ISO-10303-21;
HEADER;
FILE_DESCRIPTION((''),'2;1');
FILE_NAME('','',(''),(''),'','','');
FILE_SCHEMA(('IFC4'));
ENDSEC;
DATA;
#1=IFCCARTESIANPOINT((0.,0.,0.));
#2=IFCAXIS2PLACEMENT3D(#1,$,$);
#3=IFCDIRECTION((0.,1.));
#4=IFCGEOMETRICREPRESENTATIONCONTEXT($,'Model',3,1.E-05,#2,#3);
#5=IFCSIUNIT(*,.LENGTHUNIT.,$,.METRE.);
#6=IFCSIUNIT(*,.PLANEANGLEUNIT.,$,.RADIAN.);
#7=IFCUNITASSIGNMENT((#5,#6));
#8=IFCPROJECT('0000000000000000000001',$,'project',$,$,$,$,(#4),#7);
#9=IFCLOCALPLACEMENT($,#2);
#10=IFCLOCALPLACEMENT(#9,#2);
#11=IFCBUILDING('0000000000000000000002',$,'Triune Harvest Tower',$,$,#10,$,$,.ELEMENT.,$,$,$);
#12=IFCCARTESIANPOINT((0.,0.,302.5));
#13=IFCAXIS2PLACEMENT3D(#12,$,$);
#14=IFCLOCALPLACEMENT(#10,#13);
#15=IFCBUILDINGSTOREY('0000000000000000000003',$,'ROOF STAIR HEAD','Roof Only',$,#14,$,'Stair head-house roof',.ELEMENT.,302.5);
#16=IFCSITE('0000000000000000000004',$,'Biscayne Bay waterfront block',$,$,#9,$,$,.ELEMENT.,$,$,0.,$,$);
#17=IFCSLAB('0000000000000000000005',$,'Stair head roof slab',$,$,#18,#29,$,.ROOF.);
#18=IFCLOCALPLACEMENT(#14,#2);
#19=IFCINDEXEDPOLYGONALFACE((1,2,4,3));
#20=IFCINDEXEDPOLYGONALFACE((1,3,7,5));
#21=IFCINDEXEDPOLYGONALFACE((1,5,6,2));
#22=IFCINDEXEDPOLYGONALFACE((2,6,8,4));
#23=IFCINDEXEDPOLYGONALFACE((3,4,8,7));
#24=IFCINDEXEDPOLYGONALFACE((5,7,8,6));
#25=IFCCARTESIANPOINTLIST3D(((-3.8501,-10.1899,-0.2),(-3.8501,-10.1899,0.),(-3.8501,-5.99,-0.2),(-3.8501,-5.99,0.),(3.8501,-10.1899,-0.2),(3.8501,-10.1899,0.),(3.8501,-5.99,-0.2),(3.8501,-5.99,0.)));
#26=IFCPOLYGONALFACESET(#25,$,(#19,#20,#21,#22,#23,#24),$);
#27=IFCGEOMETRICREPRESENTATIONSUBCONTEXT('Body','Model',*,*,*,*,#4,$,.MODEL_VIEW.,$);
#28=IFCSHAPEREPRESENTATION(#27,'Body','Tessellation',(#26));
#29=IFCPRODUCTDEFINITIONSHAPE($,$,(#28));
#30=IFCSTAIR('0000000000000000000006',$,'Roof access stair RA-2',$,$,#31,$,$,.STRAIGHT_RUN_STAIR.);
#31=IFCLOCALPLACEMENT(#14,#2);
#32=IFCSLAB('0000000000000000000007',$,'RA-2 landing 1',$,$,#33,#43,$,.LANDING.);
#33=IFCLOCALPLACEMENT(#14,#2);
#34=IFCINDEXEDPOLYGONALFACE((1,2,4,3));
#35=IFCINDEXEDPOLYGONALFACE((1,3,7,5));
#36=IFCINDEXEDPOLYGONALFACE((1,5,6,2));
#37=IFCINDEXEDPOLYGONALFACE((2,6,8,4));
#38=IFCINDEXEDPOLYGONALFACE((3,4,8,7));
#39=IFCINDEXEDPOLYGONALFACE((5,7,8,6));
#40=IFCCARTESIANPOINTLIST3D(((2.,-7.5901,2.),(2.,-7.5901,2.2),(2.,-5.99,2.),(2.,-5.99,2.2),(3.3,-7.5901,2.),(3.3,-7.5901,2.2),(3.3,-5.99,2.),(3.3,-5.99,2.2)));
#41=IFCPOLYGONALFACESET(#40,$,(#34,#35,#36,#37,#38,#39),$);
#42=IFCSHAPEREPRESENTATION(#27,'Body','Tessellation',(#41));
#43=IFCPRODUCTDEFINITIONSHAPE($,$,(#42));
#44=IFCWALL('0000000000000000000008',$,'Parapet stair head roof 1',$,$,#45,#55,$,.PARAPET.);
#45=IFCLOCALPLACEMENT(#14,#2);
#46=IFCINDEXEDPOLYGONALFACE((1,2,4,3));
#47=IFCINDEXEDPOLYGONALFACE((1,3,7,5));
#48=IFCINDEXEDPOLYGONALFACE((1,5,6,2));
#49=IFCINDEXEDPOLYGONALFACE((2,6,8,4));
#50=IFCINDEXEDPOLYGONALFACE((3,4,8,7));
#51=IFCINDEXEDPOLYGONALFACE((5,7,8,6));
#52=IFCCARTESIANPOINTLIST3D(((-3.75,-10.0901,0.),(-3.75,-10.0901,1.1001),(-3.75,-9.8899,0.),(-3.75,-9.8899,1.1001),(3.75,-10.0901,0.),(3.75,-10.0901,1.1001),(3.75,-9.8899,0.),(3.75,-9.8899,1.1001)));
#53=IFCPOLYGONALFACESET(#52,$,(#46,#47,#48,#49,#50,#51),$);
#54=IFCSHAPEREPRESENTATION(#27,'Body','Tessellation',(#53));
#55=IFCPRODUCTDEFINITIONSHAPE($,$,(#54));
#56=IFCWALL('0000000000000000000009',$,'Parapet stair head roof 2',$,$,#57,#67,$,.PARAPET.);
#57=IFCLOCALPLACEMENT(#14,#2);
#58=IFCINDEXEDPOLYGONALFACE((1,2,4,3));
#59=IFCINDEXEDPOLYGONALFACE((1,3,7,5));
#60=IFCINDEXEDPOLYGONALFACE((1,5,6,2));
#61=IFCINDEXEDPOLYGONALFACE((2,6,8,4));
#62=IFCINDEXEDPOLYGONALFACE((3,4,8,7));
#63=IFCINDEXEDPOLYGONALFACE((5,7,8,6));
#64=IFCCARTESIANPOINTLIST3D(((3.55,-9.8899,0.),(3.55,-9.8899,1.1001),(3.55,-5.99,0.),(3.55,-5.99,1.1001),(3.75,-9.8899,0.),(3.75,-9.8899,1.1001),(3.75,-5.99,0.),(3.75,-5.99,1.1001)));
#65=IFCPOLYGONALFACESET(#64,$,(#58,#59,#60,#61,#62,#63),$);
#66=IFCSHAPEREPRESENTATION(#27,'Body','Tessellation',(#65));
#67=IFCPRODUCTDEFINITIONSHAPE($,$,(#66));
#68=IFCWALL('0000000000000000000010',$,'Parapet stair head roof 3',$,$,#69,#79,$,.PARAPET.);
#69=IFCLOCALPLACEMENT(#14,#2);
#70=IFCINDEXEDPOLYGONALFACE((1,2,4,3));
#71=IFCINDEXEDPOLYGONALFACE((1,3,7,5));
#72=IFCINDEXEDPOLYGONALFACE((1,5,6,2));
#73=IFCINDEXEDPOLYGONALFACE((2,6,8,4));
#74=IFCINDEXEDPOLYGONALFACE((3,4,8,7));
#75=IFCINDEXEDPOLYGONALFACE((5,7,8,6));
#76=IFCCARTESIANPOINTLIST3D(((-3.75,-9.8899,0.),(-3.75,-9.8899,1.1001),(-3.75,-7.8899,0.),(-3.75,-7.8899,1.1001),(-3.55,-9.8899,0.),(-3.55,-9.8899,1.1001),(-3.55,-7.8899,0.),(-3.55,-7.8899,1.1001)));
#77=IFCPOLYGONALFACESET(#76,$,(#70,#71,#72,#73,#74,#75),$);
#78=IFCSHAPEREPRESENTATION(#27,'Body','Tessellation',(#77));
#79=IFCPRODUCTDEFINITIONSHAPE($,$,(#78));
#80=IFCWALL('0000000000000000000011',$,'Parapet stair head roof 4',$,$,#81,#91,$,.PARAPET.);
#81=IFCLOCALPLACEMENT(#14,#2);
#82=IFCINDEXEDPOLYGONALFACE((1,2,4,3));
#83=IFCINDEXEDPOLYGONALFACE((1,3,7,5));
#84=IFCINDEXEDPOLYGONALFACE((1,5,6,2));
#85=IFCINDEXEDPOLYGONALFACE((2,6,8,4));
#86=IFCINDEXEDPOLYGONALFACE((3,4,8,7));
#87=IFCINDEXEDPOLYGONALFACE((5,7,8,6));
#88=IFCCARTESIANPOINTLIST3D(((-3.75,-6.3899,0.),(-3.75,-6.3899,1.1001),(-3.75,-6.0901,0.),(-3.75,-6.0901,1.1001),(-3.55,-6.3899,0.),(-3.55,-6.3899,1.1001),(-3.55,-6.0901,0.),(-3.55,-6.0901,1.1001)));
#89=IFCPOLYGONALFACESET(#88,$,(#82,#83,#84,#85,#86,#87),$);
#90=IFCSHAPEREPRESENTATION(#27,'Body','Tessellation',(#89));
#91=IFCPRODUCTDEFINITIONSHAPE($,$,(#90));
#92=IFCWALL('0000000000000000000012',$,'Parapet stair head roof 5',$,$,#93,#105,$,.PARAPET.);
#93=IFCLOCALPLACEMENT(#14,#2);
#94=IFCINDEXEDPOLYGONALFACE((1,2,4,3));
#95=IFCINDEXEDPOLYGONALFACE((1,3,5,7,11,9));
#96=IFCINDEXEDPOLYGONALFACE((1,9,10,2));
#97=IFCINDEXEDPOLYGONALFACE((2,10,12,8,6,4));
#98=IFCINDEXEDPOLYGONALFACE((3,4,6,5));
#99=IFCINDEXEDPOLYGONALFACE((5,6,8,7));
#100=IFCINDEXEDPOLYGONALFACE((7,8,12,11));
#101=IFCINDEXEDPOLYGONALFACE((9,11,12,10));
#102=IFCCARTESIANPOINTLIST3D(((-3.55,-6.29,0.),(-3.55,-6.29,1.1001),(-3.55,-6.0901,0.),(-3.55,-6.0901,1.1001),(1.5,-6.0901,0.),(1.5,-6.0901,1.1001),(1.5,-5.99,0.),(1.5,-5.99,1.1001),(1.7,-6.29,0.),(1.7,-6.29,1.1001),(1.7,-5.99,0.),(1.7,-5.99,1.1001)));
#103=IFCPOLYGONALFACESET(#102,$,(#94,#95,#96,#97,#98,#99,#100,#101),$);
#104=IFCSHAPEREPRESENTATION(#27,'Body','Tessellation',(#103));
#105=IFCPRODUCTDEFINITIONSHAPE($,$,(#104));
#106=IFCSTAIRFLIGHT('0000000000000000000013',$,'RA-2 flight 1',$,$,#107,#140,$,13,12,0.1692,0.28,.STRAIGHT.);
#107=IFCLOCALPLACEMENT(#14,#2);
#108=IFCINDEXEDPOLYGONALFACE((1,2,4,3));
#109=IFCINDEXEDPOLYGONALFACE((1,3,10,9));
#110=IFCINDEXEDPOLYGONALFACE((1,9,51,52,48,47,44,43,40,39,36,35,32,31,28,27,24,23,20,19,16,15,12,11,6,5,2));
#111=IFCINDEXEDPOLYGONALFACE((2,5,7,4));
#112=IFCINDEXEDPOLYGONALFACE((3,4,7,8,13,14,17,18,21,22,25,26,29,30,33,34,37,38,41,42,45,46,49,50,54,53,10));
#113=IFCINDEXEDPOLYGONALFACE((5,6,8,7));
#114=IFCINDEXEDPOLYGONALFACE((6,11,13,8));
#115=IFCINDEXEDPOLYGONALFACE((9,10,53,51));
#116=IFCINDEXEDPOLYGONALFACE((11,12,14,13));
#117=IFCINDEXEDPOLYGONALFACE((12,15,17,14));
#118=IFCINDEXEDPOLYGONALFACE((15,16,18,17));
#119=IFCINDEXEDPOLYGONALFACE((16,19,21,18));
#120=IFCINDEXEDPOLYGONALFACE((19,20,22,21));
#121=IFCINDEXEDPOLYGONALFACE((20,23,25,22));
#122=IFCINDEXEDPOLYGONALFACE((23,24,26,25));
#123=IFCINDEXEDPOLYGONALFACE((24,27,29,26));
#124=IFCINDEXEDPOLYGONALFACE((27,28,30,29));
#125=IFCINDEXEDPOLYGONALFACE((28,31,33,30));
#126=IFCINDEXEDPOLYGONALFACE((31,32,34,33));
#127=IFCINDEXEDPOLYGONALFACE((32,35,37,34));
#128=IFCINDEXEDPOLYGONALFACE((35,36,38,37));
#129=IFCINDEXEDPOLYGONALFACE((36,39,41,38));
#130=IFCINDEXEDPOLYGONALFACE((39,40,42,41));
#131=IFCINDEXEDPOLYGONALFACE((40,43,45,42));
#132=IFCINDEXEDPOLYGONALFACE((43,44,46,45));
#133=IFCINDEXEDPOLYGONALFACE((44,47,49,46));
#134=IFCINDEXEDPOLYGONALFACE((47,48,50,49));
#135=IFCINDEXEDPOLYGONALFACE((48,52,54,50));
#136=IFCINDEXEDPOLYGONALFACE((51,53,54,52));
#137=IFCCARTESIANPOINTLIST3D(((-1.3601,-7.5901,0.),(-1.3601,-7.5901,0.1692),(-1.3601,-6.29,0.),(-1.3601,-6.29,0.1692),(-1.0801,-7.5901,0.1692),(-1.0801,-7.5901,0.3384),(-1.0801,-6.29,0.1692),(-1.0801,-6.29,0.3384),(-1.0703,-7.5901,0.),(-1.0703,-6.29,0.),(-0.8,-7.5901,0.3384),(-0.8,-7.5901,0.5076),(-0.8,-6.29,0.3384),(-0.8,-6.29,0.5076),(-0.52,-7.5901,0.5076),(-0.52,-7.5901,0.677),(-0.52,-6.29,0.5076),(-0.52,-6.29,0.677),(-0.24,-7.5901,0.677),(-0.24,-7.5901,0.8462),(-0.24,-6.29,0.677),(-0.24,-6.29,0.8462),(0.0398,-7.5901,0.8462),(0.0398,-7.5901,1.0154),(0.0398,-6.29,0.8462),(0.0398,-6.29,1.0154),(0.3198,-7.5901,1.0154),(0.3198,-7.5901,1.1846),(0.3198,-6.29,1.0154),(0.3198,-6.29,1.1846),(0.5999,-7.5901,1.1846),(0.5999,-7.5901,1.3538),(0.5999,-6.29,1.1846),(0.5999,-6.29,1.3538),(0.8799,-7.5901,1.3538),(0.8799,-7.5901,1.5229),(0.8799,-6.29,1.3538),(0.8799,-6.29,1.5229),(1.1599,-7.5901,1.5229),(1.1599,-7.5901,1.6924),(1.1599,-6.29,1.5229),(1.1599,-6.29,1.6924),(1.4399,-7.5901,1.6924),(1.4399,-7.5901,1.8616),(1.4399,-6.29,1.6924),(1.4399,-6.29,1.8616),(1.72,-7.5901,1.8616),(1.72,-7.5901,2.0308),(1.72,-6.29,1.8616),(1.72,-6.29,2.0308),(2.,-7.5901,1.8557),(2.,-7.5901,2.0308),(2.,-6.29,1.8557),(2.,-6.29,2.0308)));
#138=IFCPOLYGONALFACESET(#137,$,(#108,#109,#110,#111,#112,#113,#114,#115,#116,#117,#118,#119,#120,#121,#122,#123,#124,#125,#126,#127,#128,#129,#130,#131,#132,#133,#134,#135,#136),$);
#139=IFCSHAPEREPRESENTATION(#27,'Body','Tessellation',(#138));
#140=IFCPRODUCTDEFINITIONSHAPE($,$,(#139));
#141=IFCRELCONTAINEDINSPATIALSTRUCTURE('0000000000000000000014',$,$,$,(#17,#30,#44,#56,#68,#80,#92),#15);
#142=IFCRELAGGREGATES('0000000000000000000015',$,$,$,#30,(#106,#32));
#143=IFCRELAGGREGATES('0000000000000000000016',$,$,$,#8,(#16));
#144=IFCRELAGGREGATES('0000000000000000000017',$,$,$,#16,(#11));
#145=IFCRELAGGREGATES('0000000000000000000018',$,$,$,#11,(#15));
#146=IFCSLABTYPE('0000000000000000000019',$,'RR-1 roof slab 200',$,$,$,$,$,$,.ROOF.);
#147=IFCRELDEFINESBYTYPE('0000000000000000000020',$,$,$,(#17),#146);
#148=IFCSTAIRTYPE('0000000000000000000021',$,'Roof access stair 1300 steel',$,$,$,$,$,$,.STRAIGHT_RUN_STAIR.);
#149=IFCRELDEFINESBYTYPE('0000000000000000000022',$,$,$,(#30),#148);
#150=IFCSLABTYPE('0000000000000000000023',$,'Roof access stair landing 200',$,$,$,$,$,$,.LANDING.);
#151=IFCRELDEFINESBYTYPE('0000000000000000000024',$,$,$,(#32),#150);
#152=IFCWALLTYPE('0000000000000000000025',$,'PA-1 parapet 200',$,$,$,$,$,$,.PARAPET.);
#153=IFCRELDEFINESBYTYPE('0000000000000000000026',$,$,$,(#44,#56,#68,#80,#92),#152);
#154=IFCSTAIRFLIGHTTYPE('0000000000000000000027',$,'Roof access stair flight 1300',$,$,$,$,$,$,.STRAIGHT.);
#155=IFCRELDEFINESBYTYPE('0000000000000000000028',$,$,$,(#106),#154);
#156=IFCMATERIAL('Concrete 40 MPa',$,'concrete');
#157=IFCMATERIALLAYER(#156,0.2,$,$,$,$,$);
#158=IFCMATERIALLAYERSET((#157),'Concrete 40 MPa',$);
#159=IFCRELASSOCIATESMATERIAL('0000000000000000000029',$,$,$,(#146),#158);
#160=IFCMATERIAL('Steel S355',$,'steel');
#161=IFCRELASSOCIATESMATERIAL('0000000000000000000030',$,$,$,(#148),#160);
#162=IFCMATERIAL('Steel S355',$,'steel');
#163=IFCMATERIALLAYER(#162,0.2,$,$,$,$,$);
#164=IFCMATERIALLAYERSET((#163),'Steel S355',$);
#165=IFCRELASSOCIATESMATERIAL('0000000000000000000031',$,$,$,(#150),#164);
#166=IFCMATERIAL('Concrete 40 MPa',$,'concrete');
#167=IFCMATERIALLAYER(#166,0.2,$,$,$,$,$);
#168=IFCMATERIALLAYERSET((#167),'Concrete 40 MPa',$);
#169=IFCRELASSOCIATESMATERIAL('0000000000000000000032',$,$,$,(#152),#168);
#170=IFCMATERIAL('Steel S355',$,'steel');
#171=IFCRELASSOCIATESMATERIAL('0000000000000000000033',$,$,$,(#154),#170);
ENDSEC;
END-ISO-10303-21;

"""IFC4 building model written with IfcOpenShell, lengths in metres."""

from ifc_helpers import new_model, si_unit, direction, frame, origin, place, context, subcontext, project, spatial, polyline, outline, extrude, material, layer, layer_set, type_object, element, aggregate, save


model = new_model("IFC4")

# Units and contexts
model_context = context("Model", 3, precision=1e-05, world=origin(), true_north=direction((0.0, 1.0)))
body_context = subcontext(model_context, "Body", "Model", "MODEL_VIEW")
ifc_project = project(units=[si_unit("LENGTHUNIT", "METRE"), si_unit("PLANEANGLEUNIT", "RADIAN")], contexts=[model_context])

# Site, building, storey
site_placement = place(None, origin())
site = spatial("IfcSite", under=ifc_project, at=site_placement, Name="Biscayne Bay waterfront block", CompositionType="ELEMENT", RefElevation=0.0)
building_placement = place(site_placement, origin())
building = spatial("IfcBuilding", under=site, at=building_placement, Name="Triune Harvest Tower", CompositionType="ELEMENT")
storey_placement = place(building_placement, frame((0.0, 0.0, 302.5)))
storey = spatial("IfcBuildingStorey", under=building, at=storey_placement, Name="ROOF STAIR HEAD", Description="Roof Only", LongName="Stair head-house roof", CompositionType="ELEMENT", Elevation=302.5)

# Slab
ifc_material_1 = material(Name="Concrete 40 MPa", Category="concrete")
ifc_layer_1 = layer(ifc_material_1, 0.2)
ifc_layer_set_1 = layer_set([ifc_layer_1], Name="Concrete 40 MPa")
slab_type_1 = type_object("IfcSlabType", Name="RR-1 roof slab 200", PredefinedType="ROOF", material=ifc_layer_set_1)
slab_1_placement = place(storey_placement, frame((0.0, 0.0, -0.2)))
element("IfcSlab", 1, at=slab_1_placement, inside=storey, type_object=slab_type_1, Name="Stair head roof slab", PredefinedType="ROOF", context=body_context, shape_type="SweptSolid", body=[
    extrude(outline(polyline([(-3.8501, -10.1899), (3.8501, -10.1899), (3.8501, -5.99), (-3.8501, -5.99), (-3.8501, -10.1899)])), origin(), (0.0, 0.0, 1.0), 0.2),
])

# Stair, slab
ifc_material_2 = material(Name="Steel S355", Category="steel")
stair_type = type_object("IfcStairType", Name="Roof access stair 1300 steel", PredefinedType="STRAIGHT_RUN_STAIR", material=ifc_material_2)
stair_placement = place(storey_placement, origin())
stair = element("IfcStair", 2, at=stair_placement, inside=storey, type_object=stair_type, Name="Roof access stair RA-2", PredefinedType="STRAIGHT_RUN_STAIR")
ifc_material_3 = material(Name="Steel S355", Category="steel")
ifc_layer_2 = layer(ifc_material_3, 0.2)
ifc_layer_set_2 = layer_set([ifc_layer_2], Name="Steel S355")
slab_type_2 = type_object("IfcSlabType", Name="Roof access stair landing 200", PredefinedType="LANDING", material=ifc_layer_set_2)
slab_2_placement = place(storey_placement, frame((0.0, 0.0, 2.0)))
slab_2 = element("IfcSlab", 3, at=slab_2_placement, type_object=slab_type_2, Name="RA-2 landing 1", PredefinedType="LANDING", context=body_context, shape_type="SweptSolid", body=[
    extrude(outline(polyline([(2.0, -7.5901), (3.3, -7.5901), (3.3, -5.99), (2.0, -5.99), (2.0, -7.5901)])), origin(), (0.0, 0.0, 1.0), 0.2),
])

# Walls
ifc_material_4 = material(Name="Concrete 40 MPa", Category="concrete")
ifc_layer_3 = layer(ifc_material_4, 0.2)
ifc_layer_set_3 = layer_set([ifc_layer_3], Name="Concrete 40 MPa")
wall_type = type_object("IfcWallType", Name="PA-1 parapet 200", PredefinedType="PARAPET", material=ifc_layer_set_3)
wall_1_placement = place(storey_placement, origin())
element("IfcWall", 4, at=wall_1_placement, inside=storey, type_object=wall_type, Name="Parapet stair head roof 1", PredefinedType="PARAPET", context=body_context, shape_type="SweptSolid", body=[
    extrude(outline(polyline([(-3.75, -10.0901), (3.75, -10.0901), (3.75, -9.8899), (-3.75, -9.8899), (-3.75, -10.0901)])), origin(), (0.0, 0.0, 1.0), 1.1001),
])
wall_2_placement = place(storey_placement, origin())
element("IfcWall", 5, at=wall_2_placement, inside=storey, type_object=wall_type, Name="Parapet stair head roof 2", PredefinedType="PARAPET", context=body_context, shape_type="SweptSolid", body=[
    extrude(outline(polyline([(3.55, -9.8899), (3.75, -9.8899), (3.75, -5.99), (3.55, -5.99), (3.55, -9.8899)])), origin(), (0.0, 0.0, 1.0), 1.1001),
])
wall_3_placement = place(storey_placement, origin())
element("IfcWall", 6, at=wall_3_placement, inside=storey, type_object=wall_type, Name="Parapet stair head roof 3", PredefinedType="PARAPET", context=body_context, shape_type="SweptSolid", body=[
    extrude(outline(polyline([(-3.75, -9.8899), (-3.55, -9.8899), (-3.55, -7.8899), (-3.75, -7.8899), (-3.75, -9.8899)])), origin(), (0.0, 0.0, 1.0), 1.1001),
])
wall_4_placement = place(storey_placement, origin())
element("IfcWall", 7, at=wall_4_placement, inside=storey, type_object=wall_type, Name="Parapet stair head roof 4", PredefinedType="PARAPET", context=body_context, shape_type="SweptSolid", body=[
    extrude(outline(polyline([(-3.75, -6.3899), (-3.55, -6.3899), (-3.55, -6.0901), (-3.75, -6.0901), (-3.75, -6.3899)])), origin(), (0.0, 0.0, 1.0), 1.1001),
])
wall_5_placement = place(storey_placement, origin())
element("IfcWall", 8, at=wall_5_placement, inside=storey, type_object=wall_type, Name="Parapet stair head roof 5", PredefinedType="PARAPET", context=body_context, shape_type="SweptSolid", body=[
    extrude(outline(polyline([(-3.55, -6.29), (1.7, -6.29), (1.7, -5.99), (1.5, -5.99), (1.5, -6.0901), (-3.55, -6.0901), (-3.55, -6.29)])), origin(), (0.0, 0.0, 1.0), 1.1001),
])

# Stair flight
ifc_material_5 = material(Name="Steel S355", Category="steel")
stair_flight_type = type_object("IfcStairFlightType", Name="Roof access stair flight 1300", PredefinedType="STRAIGHT", material=ifc_material_5)
stair_flight_placement = place(storey_placement, frame((-1.3601, -6.9399, 0.0), z_axis=(0.0, 0.0, 1.0), x_axis=(1.0, 0.0, 0.0)))
stair_flight = element("IfcStairFlight", 9, at=stair_flight_placement, type_object=stair_flight_type, Name="RA-2 flight 1", NumberOfRisers=13, NumberOfTreads=12, PredefinedType="STRAIGHT", RiserHeight=0.1692, TreadLength=0.28, context=body_context, shape_type="SweptSolid", body=[
    extrude(outline(polyline([(0.0, 0.0), (0.0, 0.1692), (0.28, 0.1692), (0.28, 0.3384), (0.5601, 0.3384), (0.5601, 0.5076), (0.8401, 0.5076), (0.8401, 0.677), (1.1201, 0.677), (1.1201, 0.8462), (1.3999, 0.8462), (1.3999, 1.0154), (1.6799, 1.0154), (1.6799, 1.1846), (1.96, 1.1846), (1.96, 1.3538), (2.24, 1.3538), (2.24, 1.5229), (2.52, 1.5229), (2.52, 1.6924), (2.8, 1.6924), (2.8, 1.8616), (3.0801, 1.8616), (3.0801, 2.0308), (3.3601, 2.0308), (3.3601, 2.2), (3.3601, 1.8557), (0.2898, 0.0), (0.0, 0.0)])), frame((0.0, 0.6499, 0.0), z_axis=(0.0, -1.0, 0.0), x_axis=(1.0, 0.0, 0.0)), (0.0, 0.0, 1.0), 1.3),
])
aggregate(stair, [stair_flight, slab_2])

save(model, "model.ifc")
